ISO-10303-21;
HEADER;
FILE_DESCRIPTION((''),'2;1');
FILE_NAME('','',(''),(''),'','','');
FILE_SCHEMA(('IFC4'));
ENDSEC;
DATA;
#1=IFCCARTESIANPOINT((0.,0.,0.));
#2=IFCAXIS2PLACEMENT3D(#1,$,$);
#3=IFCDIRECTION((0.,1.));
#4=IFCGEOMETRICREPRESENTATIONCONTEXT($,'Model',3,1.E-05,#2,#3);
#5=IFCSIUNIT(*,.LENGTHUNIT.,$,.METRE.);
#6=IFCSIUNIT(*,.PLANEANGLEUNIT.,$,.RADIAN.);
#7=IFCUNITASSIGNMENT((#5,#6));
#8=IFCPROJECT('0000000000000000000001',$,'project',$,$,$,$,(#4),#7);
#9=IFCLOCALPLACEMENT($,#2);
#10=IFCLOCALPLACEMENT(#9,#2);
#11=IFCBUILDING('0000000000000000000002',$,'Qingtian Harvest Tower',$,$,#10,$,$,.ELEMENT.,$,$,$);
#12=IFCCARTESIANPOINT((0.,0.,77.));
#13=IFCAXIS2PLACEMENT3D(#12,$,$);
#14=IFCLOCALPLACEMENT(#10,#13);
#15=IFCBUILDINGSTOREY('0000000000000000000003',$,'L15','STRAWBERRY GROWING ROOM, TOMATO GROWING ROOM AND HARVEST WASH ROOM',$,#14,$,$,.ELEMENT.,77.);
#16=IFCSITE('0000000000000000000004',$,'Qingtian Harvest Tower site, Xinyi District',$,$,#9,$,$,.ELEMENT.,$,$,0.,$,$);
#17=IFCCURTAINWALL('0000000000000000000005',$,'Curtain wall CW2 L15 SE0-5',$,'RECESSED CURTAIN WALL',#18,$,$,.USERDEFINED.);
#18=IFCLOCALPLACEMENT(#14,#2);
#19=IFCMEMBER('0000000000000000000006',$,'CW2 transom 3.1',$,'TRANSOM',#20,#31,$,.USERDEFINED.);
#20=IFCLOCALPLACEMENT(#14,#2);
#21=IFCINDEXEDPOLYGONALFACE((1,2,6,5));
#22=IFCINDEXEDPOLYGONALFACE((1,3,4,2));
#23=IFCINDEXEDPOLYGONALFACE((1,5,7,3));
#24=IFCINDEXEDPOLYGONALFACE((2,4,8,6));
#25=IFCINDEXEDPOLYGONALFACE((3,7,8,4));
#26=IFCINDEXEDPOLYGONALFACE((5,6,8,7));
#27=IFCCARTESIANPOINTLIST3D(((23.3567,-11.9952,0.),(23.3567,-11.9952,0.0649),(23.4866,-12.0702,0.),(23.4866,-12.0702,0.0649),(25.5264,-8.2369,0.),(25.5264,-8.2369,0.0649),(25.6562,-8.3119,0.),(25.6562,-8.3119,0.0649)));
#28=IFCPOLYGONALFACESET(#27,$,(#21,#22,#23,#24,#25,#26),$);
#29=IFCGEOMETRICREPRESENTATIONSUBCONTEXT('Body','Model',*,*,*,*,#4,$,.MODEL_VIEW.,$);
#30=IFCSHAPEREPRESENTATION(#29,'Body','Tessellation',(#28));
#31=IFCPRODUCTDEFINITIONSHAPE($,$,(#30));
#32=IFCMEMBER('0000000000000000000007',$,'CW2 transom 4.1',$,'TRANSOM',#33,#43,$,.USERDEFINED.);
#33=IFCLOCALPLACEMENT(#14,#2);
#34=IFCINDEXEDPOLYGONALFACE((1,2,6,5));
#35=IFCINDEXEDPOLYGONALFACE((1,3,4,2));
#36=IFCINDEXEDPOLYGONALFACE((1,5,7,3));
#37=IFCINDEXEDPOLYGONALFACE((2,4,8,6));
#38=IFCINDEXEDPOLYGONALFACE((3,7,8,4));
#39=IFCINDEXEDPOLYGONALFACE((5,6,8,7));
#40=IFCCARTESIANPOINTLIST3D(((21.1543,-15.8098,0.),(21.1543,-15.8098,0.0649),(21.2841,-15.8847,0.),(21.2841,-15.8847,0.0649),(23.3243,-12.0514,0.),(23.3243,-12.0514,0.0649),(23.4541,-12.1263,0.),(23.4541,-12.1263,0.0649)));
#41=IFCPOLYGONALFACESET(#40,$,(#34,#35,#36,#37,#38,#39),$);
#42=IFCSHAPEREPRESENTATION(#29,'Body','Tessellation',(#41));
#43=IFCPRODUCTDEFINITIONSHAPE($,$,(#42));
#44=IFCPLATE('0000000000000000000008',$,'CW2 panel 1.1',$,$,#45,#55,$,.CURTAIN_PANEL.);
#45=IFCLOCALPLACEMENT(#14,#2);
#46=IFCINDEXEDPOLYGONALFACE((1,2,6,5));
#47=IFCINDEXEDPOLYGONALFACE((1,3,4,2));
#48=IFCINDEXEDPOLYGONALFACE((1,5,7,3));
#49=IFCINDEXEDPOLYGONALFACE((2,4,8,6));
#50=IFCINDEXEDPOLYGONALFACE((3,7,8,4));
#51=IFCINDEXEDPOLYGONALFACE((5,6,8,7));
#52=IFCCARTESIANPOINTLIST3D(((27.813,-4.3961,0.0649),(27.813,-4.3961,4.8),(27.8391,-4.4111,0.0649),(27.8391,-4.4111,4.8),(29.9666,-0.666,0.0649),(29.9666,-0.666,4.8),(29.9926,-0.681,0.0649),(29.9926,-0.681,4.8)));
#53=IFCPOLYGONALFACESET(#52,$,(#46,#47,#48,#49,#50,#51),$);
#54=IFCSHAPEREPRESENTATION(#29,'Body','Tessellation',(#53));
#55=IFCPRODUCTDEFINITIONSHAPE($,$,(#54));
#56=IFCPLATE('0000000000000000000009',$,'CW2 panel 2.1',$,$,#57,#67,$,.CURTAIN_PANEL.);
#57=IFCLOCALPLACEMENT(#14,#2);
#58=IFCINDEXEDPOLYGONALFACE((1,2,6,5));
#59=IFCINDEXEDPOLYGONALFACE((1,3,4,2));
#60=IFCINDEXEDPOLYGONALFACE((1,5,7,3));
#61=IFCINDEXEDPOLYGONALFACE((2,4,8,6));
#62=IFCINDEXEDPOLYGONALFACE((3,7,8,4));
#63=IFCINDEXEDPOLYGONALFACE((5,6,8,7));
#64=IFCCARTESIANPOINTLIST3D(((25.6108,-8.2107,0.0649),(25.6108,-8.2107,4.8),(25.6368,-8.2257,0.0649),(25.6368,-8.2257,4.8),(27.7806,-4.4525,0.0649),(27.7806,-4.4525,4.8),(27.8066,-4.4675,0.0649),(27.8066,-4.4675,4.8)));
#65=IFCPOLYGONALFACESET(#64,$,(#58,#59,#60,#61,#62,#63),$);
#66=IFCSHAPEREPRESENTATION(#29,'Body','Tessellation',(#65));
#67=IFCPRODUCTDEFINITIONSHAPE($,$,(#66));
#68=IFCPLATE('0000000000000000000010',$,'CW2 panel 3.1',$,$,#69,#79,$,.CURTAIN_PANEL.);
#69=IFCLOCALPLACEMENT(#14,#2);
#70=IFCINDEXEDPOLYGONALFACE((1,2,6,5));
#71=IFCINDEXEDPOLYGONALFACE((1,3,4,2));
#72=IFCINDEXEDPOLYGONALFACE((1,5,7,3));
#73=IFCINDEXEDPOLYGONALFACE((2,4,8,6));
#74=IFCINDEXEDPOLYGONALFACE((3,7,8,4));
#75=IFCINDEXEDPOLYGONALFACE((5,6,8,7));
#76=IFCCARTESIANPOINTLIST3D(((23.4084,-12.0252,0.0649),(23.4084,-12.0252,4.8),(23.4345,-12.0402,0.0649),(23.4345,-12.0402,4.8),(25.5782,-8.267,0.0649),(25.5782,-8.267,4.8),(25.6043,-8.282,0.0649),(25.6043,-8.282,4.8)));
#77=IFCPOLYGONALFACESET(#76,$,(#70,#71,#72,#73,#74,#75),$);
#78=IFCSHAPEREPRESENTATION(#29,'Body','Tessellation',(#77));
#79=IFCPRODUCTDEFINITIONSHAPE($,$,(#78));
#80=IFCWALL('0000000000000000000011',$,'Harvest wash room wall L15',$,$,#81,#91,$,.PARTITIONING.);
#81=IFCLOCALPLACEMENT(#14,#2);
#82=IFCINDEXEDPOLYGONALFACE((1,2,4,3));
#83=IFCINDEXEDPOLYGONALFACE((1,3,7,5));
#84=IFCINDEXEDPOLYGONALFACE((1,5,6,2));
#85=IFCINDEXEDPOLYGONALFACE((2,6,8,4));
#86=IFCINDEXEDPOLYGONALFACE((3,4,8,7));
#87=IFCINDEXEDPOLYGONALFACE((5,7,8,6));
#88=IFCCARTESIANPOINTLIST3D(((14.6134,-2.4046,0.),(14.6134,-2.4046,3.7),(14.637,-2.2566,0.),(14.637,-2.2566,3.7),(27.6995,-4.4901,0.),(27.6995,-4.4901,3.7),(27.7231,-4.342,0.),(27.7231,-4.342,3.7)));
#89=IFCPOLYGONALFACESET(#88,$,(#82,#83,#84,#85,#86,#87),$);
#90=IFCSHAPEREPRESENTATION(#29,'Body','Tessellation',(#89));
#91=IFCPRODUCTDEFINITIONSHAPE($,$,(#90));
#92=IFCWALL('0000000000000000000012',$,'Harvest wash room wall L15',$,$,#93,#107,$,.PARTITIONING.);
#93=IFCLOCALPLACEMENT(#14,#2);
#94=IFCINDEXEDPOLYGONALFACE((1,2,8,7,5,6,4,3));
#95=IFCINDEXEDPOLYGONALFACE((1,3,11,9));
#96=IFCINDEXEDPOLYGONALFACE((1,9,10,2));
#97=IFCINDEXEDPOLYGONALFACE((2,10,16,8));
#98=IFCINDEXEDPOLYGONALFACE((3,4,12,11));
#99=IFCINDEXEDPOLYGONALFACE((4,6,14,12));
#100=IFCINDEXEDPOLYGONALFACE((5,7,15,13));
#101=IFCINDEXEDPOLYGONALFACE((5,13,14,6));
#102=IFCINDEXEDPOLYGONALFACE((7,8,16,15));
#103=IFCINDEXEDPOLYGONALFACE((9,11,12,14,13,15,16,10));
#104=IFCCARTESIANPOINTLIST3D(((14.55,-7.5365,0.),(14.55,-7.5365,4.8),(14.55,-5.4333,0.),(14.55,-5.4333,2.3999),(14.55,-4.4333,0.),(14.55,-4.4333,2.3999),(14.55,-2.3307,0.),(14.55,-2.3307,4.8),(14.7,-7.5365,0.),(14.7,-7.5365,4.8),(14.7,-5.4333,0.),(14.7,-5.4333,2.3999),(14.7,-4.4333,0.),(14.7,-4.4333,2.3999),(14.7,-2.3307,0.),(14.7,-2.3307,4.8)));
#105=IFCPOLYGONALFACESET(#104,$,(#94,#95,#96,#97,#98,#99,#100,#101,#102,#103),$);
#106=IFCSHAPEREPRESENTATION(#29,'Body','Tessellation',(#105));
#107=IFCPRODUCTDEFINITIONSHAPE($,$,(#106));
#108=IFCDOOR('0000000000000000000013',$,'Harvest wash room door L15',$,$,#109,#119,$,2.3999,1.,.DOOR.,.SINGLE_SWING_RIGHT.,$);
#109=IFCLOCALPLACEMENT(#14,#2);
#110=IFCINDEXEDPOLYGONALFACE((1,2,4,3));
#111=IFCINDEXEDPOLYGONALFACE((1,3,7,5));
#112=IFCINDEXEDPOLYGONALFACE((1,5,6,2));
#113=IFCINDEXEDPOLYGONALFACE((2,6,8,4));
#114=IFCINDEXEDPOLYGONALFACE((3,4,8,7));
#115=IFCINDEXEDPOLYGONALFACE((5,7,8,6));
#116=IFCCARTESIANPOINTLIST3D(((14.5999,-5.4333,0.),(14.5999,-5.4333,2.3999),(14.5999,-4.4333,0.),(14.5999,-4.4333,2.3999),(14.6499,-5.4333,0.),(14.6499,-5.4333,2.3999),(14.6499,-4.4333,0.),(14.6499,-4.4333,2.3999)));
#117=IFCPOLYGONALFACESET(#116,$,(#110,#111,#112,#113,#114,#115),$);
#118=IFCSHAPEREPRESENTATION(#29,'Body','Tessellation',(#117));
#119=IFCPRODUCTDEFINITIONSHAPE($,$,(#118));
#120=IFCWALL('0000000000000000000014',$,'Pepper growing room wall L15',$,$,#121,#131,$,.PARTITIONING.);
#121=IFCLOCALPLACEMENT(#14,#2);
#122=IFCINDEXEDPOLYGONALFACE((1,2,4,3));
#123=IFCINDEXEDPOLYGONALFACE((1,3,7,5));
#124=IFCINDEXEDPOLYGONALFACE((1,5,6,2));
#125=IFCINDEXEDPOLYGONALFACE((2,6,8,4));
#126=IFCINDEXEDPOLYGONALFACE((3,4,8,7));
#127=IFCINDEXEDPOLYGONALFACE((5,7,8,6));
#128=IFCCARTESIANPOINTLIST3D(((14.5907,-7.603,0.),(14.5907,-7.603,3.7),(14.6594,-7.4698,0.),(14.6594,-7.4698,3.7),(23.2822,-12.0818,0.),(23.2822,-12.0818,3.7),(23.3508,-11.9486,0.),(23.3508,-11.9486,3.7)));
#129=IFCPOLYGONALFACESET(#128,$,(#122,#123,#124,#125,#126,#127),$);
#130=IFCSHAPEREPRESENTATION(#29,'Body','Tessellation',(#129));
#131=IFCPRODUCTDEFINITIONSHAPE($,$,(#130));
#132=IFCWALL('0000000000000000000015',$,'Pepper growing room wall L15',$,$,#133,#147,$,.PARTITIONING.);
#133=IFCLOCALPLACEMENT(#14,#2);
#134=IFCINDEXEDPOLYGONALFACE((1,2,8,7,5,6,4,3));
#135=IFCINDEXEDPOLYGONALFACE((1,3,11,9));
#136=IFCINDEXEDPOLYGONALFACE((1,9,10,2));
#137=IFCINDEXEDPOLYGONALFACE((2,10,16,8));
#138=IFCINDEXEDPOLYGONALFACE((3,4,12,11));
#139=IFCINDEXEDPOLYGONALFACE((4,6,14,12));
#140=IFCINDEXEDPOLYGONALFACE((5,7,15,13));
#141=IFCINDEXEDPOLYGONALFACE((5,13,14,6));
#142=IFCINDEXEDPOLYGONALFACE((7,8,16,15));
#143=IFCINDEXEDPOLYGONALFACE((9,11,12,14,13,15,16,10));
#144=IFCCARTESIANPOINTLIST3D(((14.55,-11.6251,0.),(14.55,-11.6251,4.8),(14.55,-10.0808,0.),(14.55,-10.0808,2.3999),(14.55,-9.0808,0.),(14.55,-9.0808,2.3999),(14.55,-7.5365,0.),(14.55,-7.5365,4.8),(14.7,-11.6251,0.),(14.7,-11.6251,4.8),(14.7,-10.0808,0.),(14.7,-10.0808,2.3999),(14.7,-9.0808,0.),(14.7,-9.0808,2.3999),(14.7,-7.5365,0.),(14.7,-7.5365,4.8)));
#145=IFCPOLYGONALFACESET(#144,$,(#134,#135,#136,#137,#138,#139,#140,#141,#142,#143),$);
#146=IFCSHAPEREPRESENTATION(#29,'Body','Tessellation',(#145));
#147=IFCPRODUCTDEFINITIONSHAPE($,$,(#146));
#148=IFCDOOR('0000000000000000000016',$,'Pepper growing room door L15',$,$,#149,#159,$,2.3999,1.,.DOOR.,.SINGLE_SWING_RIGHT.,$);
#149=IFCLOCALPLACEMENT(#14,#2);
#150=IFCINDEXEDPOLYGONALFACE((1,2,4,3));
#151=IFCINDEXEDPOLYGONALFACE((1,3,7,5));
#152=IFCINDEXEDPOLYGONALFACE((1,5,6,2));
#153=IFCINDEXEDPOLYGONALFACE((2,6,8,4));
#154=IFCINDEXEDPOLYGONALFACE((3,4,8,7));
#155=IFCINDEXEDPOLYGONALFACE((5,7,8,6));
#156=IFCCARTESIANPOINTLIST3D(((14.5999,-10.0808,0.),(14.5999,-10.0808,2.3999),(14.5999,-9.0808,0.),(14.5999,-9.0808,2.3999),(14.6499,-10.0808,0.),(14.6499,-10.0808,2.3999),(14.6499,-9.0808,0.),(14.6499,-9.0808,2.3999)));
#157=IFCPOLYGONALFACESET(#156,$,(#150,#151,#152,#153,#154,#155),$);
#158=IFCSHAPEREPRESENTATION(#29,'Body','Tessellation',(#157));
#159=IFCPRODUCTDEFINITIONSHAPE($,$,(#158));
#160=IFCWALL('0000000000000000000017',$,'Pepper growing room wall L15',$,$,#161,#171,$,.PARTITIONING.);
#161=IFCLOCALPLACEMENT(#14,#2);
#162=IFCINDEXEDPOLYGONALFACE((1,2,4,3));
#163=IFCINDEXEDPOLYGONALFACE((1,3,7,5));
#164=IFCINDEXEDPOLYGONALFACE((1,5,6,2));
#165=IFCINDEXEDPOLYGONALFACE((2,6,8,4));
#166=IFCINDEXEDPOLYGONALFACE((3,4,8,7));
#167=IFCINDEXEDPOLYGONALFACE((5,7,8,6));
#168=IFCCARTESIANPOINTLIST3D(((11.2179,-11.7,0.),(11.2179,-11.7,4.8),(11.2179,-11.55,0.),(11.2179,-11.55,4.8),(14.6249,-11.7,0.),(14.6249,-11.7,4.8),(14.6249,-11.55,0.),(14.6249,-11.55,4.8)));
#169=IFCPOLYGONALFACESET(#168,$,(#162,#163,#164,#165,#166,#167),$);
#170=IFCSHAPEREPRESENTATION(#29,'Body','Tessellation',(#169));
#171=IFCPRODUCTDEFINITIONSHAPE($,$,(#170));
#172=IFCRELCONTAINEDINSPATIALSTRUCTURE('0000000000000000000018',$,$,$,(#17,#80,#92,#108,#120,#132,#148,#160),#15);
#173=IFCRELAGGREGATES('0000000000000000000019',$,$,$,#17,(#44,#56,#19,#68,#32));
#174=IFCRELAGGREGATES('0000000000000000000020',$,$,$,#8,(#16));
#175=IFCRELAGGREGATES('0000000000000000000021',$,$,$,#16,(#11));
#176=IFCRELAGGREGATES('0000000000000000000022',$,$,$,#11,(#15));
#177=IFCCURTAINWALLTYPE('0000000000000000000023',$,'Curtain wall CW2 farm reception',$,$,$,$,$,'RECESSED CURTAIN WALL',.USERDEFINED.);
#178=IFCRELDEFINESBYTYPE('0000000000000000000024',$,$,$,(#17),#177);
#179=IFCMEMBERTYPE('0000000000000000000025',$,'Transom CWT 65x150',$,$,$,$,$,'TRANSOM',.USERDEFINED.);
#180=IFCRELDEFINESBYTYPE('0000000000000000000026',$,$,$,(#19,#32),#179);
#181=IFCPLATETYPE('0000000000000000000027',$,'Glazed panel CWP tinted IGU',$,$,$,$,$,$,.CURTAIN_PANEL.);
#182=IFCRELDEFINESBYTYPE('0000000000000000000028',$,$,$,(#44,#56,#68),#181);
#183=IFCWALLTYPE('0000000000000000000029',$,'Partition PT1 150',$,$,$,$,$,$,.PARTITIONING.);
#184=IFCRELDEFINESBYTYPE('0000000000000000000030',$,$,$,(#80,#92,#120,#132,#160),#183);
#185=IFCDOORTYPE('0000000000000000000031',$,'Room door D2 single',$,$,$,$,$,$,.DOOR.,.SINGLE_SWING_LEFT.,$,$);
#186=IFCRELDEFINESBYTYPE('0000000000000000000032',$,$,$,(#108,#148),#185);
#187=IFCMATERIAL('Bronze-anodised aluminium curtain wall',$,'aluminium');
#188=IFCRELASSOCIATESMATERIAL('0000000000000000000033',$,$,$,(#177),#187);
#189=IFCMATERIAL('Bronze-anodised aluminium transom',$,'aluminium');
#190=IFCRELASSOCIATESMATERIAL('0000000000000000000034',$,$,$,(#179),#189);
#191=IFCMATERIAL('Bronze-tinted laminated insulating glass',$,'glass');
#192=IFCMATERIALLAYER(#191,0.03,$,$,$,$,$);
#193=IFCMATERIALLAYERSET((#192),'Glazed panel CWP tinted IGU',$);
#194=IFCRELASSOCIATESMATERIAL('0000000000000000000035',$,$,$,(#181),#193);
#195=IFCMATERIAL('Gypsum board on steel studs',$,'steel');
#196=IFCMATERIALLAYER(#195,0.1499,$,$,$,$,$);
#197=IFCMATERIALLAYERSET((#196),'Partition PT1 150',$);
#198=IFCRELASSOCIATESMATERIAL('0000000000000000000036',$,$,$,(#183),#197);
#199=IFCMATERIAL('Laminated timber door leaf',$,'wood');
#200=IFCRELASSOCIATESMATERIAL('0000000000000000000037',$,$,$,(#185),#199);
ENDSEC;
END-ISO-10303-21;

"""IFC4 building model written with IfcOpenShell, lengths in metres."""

from ifc_helpers import new_model, si_unit, direction, frame, frame_2d, origin, origin_2d, place, context, subcontext, project, spatial, rectangle, extrude, material, layer, layer_set, material_profile, profile_set, type_object, element, fill, aggregate, save


model = new_model("IFC4")

# Units and contexts
model_context = context("Model", 3, precision=1e-05, world=origin(), true_north=direction((0.0, 1.0)))
body_context = subcontext(model_context, "Body", "Model", "MODEL_VIEW")
ifc_project = project(units=[si_unit("LENGTHUNIT", "METRE"), si_unit("PLANEANGLEUNIT", "RADIAN")], contexts=[model_context])

# Site, building, storey
site_placement = place(None, origin())
site = spatial("IfcSite", under=ifc_project, at=site_placement, Name="Qingtian Harvest Tower site, Xinyi District", CompositionType="ELEMENT", RefElevation=0.0)
building_placement = place(site_placement, origin())
building = spatial("IfcBuilding", under=site, at=building_placement, Name="Qingtian Harvest Tower", CompositionType="ELEMENT")
storey_placement = place(building_placement, frame((0.0, 0.0, 77.0)))
storey = spatial("IfcBuildingStorey", under=building, at=storey_placement, Name="L15", Description="STRAWBERRY GROWING ROOM, TOMATO GROWING ROOM AND HARVEST WASH ROOM", CompositionType="ELEMENT", Elevation=77.0)

# Shared definitions
ifc_material_1 = material(Name="Bronze-anodised aluminium curtain wall", Category="aluminium")
curtain_wall_type = type_object("IfcCurtainWallType", Name="Curtain wall CW2 farm reception", ElementType="RECESSED CURTAIN WALL", PredefinedType="USERDEFINED", material=ifc_material_1)

# Curtain wall
curtain_wall_1_placement = place(storey_placement, origin())
curtain_wall_1 = element("IfcCurtainWall", 1, at=curtain_wall_1_placement, inside=storey, type_object=curtain_wall_type, Name="Curtain wall CW2 L15 SE0-5", ObjectType="RECESSED CURTAIN WALL", PredefinedType="USERDEFINED")

# Members
ifc_material_2 = material(Name="Bronze-anodised aluminium transom", Category="aluminium")
ifc_material_profile_1 = material_profile(ifc_material_2, rectangle(XDim=0.1499, YDim=0.0649, at=origin_2d()), Name="AL 65x150")
ifc_profile_set_1 = profile_set([ifc_material_profile_1], Name="Bronze-anodised aluminium transom")
member_type_1 = type_object("IfcMemberType", Name="Transom CWT 65x150", ElementType="TRANSOM", PredefinedType="USERDEFINED", material=ifc_profile_set_1)
member_1_placement = place(storey_placement, frame((25.5913, -8.2744, 0.0325), z_axis=(-0.499969, -0.866043, 0.0), x_axis=(0.866043, -0.499969, 0.0)))
member_1 = element("IfcMember", 2, at=member_1_placement, type_object=member_type_1, Name="CW2 transom 3.1", ObjectType="TRANSOM", PredefinedType="USERDEFINED", context=body_context, shape_type="SweptSolid", body=[
    extrude(rectangle(XDim=0.1499, YDim=0.0649, at=origin_2d()), origin(), (0.0, 0.0, 1.0), 4.3396),
])
member_2_placement = place(storey_placement, frame((23.3892, -12.0889, 0.0325), z_axis=(-0.500011, -0.866019, 0.0), x_axis=(0.866019, -0.500011, 0.0)))
member_2 = element("IfcMember", 3, at=member_2_placement, type_object=member_type_1, Name="CW2 transom 4.1", ObjectType="TRANSOM", PredefinedType="USERDEFINED", context=body_context, shape_type="SweptSolid", body=[
    extrude(rectangle(XDim=0.1499, YDim=0.0649, at=origin_2d()), origin(), (0.0, 0.0, 1.0), 4.3398),
])

# Plates
ifc_material_3 = material(Name="Bronze-tinted laminated insulating glass", Category="glass")
ifc_layer_1 = layer(ifc_material_3, 0.03)
ifc_layer_set_1 = layer_set([ifc_layer_1], Name="Glazed panel CWP tinted IGU")
plate_type = type_object("IfcPlateType", Name="Glazed panel CWP tinted IGU", PredefinedType="CURTAIN_PANEL", material=ifc_layer_set_1)
plate_1_placement = place(storey_placement, frame((28.9028, -2.5386, 0.0649), z_axis=(0.0, 0.0, 1.0), x_axis=(-0.5, -0.866025, 0.0)))
plate_1 = element("IfcPlate", 4, at=plate_1_placement, type_object=plate_type, Name="CW2 panel 1.1", PredefinedType="CURTAIN_PANEL", context=body_context, shape_type="SweptSolid", body=[
    extrude(rectangle(XDim=4.3071, YDim=0.03, at=origin_2d()), origin(), (0.0, 0.0, 1.0), 4.7351),
])
plate_2_placement = place(storey_placement, frame((26.7087, -6.3391, 0.0649), z_axis=(0.0, 0.0, 1.0), x_axis=(-0.5, -0.866025, 0.0)))
plate_2 = element("IfcPlate", 5, at=plate_2_placement, type_object=plate_type, Name="CW2 panel 2.1", PredefinedType="CURTAIN_PANEL", context=body_context, shape_type="SweptSolid", body=[
    extrude(rectangle(XDim=4.3396, YDim=0.03, at=origin_2d()), origin(), (0.0, 0.0, 1.0), 4.7351),
])
plate_3_placement = place(storey_placement, frame((24.5063, -10.1536, 0.0649), z_axis=(0.0, 0.0, 1.0), x_axis=(-0.5, -0.866025, 0.0)))
plate_3 = element("IfcPlate", 6, at=plate_3_placement, type_object=plate_type, Name="CW2 panel 3.1", PredefinedType="CURTAIN_PANEL", context=body_context, shape_type="SweptSolid", body=[
    extrude(rectangle(XDim=4.3396, YDim=0.03, at=origin_2d()), origin(), (0.0, 0.0, 1.0), 4.7351),
])
aggregate(curtain_wall_1, [plate_1, plate_2, member_1, plate_3, member_2])

# Wall
ifc_material_4 = material(Name="Gypsum board on steel studs", Category="steel")
ifc_layer_2 = layer(ifc_material_4, 0.1499)
ifc_layer_set_2 = layer_set([ifc_layer_2], Name="Partition PT1 150")
wall_type = type_object("IfcWallType", Name="Partition PT1 150", PredefinedType="PARTITIONING", material=ifc_layer_set_2)
wall_1_placement = place(storey_placement, frame((27.7112, -4.416, 0.0), z_axis=(0.0, 0.0, 1.0), x_axis=(-0.987539, 0.157377, 0.0)))
element("IfcWall", 7, at=wall_1_placement, inside=storey, type_object=wall_type, Name="Harvest wash room wall L15", PredefinedType="PARTITIONING", context=body_context, shape_type="SweptSolid", body=[
    extrude(rectangle(XDim=13.2512, YDim=0.1499, at=frame_2d((6.6255, 0.0))), origin(), (0.0, 0.0, 1.0), 3.7),
])

# Wall, opening, door
wall_2_placement = place(storey_placement, frame((14.625, -2.3306, 0.0), z_axis=(0.0, 0.0, 1.0), x_axis=(0.0, -1.0, 0.0)))
wall_2 = element("IfcWall", 8, at=wall_2_placement, inside=storey, type_object=wall_type, Name="Harvest wash room wall L15", PredefinedType="PARTITIONING", context=body_context, shape_type="SweptSolid", body=[
    extrude(rectangle(XDim=5.2058, YDim=0.1499, at=frame_2d((2.603, 0.0))), origin(), (0.0, 0.0, 1.0), 4.8),
])
opening_1_placement = place(wall_2_placement, frame((2.1028, 0.0, 0.0)))
opening_1 = element("IfcOpeningElement", 9, at=opening_1_placement, cuts=wall_2, PredefinedType="OPENING", context=body_context, shape_type="SweptSolid", body=[
    extrude(rectangle(XDim=1.0, YDim=2.3999, at=frame_2d((0.5, 1.2))), frame((0.0, 0.085, 0.0), z_axis=(0.0, -1.0, 0.0), x_axis=(1.0, 0.0, 0.0)), (0.0, 0.0, 1.0), 0.1699),
])
ifc_material_5 = material(Name="Laminated timber door leaf", Category="wood")
door_type = type_object("IfcDoorType", Name="Room door D2 single", OperationType="SINGLE_SWING_LEFT", PredefinedType="DOOR", material=ifc_material_5)
door_1_placement = place(opening_1_placement, origin())
door_1 = element("IfcDoor", 10, at=door_1_placement, inside=storey, type_object=door_type, Name="Harvest wash room door L15", OperationType="SINGLE_SWING_RIGHT", OverallHeight=2.3999, OverallWidth=1.0, PredefinedType="DOOR", context=body_context, shape_type="SweptSolid", body=[
    extrude(rectangle(XDim=1.0, YDim=2.3999, at=frame_2d((0.5, 1.2))), frame((0.0, 0.0249, 0.0), z_axis=(0.0, -1.0, 0.0), x_axis=(1.0, 0.0, 0.0)), (0.0, 0.0, 1.0), 0.05),
])
fill(opening_1, door_1)

# Wall
wall_3_placement = place(storey_placement, frame((23.3164, -12.0151, 0.0), z_axis=(0.0, 0.0, 1.0), x_axis=(-0.888918, 0.458067, 0.0)))
element("IfcWall", 11, at=wall_3_placement, inside=storey, type_object=wall_type, Name="Pepper growing room wall L15", PredefinedType="PARTITIONING", context=body_context, shape_type="SweptSolid", body=[
    extrude(rectangle(XDim=9.7776, YDim=0.1499, at=frame_2d((4.8887, 0.0))), origin(), (0.0, 0.0, 1.0), 3.7),
])

# Wall, opening, door
wall_4_placement = place(storey_placement, frame((14.625, -7.5364, 0.0), z_axis=(0.0, 0.0, 1.0), x_axis=(0.0, -1.0, 0.0)))
wall_4 = element("IfcWall", 12, at=wall_4_placement, inside=storey, type_object=wall_type, Name="Pepper growing room wall L15", PredefinedType="PARTITIONING", context=body_context, shape_type="SweptSolid", body=[
    extrude(rectangle(XDim=4.0886, YDim=0.1499, at=frame_2d((2.0444, 0.0))), origin(), (0.0, 0.0, 1.0), 4.8),
])
opening_2_placement = place(wall_4_placement, frame((1.5444, 0.0, 0.0)))
opening_2 = element("IfcOpeningElement", 13, at=opening_2_placement, cuts=wall_4, PredefinedType="OPENING", context=body_context, shape_type="SweptSolid", body=[
    extrude(rectangle(XDim=1.0, YDim=2.3999, at=frame_2d((0.5, 1.2))), frame((0.0, 0.085, 0.0), z_axis=(0.0, -1.0, 0.0), x_axis=(1.0, 0.0, 0.0)), (0.0, 0.0, 1.0), 0.1699),
])
door_2_placement = place(opening_2_placement, origin())
door_2 = element("IfcDoor", 14, at=door_2_placement, inside=storey, type_object=door_type, Name="Pepper growing room door L15", OperationType="SINGLE_SWING_RIGHT", OverallHeight=2.3999, OverallWidth=1.0, PredefinedType="DOOR", context=body_context, shape_type="SweptSolid", body=[
    extrude(rectangle(XDim=1.0, YDim=2.3999, at=frame_2d((0.5, 1.2))), frame((0.0, 0.0249, 0.0), z_axis=(0.0, -1.0, 0.0), x_axis=(1.0, 0.0, 0.0)), (0.0, 0.0, 1.0), 0.05),
])
fill(opening_2, door_2)

# Wall
wall_5_placement = place(storey_placement, frame((14.625, -11.625, 0.0), z_axis=(0.0, 0.0, 1.0), x_axis=(-1.0, 0.0, 0.0)))
element("IfcWall", 15, at=wall_5_placement, inside=storey, type_object=wall_type, Name="Pepper growing room wall L15", PredefinedType="PARTITIONING", context=body_context, shape_type="SweptSolid", body=[
    extrude(rectangle(XDim=3.407, YDim=0.1499, at=frame_2d((1.7036, 0.0))), origin(), (0.0, 0.0, 1.0), 4.8),
])

save(model, "model.ifc")
